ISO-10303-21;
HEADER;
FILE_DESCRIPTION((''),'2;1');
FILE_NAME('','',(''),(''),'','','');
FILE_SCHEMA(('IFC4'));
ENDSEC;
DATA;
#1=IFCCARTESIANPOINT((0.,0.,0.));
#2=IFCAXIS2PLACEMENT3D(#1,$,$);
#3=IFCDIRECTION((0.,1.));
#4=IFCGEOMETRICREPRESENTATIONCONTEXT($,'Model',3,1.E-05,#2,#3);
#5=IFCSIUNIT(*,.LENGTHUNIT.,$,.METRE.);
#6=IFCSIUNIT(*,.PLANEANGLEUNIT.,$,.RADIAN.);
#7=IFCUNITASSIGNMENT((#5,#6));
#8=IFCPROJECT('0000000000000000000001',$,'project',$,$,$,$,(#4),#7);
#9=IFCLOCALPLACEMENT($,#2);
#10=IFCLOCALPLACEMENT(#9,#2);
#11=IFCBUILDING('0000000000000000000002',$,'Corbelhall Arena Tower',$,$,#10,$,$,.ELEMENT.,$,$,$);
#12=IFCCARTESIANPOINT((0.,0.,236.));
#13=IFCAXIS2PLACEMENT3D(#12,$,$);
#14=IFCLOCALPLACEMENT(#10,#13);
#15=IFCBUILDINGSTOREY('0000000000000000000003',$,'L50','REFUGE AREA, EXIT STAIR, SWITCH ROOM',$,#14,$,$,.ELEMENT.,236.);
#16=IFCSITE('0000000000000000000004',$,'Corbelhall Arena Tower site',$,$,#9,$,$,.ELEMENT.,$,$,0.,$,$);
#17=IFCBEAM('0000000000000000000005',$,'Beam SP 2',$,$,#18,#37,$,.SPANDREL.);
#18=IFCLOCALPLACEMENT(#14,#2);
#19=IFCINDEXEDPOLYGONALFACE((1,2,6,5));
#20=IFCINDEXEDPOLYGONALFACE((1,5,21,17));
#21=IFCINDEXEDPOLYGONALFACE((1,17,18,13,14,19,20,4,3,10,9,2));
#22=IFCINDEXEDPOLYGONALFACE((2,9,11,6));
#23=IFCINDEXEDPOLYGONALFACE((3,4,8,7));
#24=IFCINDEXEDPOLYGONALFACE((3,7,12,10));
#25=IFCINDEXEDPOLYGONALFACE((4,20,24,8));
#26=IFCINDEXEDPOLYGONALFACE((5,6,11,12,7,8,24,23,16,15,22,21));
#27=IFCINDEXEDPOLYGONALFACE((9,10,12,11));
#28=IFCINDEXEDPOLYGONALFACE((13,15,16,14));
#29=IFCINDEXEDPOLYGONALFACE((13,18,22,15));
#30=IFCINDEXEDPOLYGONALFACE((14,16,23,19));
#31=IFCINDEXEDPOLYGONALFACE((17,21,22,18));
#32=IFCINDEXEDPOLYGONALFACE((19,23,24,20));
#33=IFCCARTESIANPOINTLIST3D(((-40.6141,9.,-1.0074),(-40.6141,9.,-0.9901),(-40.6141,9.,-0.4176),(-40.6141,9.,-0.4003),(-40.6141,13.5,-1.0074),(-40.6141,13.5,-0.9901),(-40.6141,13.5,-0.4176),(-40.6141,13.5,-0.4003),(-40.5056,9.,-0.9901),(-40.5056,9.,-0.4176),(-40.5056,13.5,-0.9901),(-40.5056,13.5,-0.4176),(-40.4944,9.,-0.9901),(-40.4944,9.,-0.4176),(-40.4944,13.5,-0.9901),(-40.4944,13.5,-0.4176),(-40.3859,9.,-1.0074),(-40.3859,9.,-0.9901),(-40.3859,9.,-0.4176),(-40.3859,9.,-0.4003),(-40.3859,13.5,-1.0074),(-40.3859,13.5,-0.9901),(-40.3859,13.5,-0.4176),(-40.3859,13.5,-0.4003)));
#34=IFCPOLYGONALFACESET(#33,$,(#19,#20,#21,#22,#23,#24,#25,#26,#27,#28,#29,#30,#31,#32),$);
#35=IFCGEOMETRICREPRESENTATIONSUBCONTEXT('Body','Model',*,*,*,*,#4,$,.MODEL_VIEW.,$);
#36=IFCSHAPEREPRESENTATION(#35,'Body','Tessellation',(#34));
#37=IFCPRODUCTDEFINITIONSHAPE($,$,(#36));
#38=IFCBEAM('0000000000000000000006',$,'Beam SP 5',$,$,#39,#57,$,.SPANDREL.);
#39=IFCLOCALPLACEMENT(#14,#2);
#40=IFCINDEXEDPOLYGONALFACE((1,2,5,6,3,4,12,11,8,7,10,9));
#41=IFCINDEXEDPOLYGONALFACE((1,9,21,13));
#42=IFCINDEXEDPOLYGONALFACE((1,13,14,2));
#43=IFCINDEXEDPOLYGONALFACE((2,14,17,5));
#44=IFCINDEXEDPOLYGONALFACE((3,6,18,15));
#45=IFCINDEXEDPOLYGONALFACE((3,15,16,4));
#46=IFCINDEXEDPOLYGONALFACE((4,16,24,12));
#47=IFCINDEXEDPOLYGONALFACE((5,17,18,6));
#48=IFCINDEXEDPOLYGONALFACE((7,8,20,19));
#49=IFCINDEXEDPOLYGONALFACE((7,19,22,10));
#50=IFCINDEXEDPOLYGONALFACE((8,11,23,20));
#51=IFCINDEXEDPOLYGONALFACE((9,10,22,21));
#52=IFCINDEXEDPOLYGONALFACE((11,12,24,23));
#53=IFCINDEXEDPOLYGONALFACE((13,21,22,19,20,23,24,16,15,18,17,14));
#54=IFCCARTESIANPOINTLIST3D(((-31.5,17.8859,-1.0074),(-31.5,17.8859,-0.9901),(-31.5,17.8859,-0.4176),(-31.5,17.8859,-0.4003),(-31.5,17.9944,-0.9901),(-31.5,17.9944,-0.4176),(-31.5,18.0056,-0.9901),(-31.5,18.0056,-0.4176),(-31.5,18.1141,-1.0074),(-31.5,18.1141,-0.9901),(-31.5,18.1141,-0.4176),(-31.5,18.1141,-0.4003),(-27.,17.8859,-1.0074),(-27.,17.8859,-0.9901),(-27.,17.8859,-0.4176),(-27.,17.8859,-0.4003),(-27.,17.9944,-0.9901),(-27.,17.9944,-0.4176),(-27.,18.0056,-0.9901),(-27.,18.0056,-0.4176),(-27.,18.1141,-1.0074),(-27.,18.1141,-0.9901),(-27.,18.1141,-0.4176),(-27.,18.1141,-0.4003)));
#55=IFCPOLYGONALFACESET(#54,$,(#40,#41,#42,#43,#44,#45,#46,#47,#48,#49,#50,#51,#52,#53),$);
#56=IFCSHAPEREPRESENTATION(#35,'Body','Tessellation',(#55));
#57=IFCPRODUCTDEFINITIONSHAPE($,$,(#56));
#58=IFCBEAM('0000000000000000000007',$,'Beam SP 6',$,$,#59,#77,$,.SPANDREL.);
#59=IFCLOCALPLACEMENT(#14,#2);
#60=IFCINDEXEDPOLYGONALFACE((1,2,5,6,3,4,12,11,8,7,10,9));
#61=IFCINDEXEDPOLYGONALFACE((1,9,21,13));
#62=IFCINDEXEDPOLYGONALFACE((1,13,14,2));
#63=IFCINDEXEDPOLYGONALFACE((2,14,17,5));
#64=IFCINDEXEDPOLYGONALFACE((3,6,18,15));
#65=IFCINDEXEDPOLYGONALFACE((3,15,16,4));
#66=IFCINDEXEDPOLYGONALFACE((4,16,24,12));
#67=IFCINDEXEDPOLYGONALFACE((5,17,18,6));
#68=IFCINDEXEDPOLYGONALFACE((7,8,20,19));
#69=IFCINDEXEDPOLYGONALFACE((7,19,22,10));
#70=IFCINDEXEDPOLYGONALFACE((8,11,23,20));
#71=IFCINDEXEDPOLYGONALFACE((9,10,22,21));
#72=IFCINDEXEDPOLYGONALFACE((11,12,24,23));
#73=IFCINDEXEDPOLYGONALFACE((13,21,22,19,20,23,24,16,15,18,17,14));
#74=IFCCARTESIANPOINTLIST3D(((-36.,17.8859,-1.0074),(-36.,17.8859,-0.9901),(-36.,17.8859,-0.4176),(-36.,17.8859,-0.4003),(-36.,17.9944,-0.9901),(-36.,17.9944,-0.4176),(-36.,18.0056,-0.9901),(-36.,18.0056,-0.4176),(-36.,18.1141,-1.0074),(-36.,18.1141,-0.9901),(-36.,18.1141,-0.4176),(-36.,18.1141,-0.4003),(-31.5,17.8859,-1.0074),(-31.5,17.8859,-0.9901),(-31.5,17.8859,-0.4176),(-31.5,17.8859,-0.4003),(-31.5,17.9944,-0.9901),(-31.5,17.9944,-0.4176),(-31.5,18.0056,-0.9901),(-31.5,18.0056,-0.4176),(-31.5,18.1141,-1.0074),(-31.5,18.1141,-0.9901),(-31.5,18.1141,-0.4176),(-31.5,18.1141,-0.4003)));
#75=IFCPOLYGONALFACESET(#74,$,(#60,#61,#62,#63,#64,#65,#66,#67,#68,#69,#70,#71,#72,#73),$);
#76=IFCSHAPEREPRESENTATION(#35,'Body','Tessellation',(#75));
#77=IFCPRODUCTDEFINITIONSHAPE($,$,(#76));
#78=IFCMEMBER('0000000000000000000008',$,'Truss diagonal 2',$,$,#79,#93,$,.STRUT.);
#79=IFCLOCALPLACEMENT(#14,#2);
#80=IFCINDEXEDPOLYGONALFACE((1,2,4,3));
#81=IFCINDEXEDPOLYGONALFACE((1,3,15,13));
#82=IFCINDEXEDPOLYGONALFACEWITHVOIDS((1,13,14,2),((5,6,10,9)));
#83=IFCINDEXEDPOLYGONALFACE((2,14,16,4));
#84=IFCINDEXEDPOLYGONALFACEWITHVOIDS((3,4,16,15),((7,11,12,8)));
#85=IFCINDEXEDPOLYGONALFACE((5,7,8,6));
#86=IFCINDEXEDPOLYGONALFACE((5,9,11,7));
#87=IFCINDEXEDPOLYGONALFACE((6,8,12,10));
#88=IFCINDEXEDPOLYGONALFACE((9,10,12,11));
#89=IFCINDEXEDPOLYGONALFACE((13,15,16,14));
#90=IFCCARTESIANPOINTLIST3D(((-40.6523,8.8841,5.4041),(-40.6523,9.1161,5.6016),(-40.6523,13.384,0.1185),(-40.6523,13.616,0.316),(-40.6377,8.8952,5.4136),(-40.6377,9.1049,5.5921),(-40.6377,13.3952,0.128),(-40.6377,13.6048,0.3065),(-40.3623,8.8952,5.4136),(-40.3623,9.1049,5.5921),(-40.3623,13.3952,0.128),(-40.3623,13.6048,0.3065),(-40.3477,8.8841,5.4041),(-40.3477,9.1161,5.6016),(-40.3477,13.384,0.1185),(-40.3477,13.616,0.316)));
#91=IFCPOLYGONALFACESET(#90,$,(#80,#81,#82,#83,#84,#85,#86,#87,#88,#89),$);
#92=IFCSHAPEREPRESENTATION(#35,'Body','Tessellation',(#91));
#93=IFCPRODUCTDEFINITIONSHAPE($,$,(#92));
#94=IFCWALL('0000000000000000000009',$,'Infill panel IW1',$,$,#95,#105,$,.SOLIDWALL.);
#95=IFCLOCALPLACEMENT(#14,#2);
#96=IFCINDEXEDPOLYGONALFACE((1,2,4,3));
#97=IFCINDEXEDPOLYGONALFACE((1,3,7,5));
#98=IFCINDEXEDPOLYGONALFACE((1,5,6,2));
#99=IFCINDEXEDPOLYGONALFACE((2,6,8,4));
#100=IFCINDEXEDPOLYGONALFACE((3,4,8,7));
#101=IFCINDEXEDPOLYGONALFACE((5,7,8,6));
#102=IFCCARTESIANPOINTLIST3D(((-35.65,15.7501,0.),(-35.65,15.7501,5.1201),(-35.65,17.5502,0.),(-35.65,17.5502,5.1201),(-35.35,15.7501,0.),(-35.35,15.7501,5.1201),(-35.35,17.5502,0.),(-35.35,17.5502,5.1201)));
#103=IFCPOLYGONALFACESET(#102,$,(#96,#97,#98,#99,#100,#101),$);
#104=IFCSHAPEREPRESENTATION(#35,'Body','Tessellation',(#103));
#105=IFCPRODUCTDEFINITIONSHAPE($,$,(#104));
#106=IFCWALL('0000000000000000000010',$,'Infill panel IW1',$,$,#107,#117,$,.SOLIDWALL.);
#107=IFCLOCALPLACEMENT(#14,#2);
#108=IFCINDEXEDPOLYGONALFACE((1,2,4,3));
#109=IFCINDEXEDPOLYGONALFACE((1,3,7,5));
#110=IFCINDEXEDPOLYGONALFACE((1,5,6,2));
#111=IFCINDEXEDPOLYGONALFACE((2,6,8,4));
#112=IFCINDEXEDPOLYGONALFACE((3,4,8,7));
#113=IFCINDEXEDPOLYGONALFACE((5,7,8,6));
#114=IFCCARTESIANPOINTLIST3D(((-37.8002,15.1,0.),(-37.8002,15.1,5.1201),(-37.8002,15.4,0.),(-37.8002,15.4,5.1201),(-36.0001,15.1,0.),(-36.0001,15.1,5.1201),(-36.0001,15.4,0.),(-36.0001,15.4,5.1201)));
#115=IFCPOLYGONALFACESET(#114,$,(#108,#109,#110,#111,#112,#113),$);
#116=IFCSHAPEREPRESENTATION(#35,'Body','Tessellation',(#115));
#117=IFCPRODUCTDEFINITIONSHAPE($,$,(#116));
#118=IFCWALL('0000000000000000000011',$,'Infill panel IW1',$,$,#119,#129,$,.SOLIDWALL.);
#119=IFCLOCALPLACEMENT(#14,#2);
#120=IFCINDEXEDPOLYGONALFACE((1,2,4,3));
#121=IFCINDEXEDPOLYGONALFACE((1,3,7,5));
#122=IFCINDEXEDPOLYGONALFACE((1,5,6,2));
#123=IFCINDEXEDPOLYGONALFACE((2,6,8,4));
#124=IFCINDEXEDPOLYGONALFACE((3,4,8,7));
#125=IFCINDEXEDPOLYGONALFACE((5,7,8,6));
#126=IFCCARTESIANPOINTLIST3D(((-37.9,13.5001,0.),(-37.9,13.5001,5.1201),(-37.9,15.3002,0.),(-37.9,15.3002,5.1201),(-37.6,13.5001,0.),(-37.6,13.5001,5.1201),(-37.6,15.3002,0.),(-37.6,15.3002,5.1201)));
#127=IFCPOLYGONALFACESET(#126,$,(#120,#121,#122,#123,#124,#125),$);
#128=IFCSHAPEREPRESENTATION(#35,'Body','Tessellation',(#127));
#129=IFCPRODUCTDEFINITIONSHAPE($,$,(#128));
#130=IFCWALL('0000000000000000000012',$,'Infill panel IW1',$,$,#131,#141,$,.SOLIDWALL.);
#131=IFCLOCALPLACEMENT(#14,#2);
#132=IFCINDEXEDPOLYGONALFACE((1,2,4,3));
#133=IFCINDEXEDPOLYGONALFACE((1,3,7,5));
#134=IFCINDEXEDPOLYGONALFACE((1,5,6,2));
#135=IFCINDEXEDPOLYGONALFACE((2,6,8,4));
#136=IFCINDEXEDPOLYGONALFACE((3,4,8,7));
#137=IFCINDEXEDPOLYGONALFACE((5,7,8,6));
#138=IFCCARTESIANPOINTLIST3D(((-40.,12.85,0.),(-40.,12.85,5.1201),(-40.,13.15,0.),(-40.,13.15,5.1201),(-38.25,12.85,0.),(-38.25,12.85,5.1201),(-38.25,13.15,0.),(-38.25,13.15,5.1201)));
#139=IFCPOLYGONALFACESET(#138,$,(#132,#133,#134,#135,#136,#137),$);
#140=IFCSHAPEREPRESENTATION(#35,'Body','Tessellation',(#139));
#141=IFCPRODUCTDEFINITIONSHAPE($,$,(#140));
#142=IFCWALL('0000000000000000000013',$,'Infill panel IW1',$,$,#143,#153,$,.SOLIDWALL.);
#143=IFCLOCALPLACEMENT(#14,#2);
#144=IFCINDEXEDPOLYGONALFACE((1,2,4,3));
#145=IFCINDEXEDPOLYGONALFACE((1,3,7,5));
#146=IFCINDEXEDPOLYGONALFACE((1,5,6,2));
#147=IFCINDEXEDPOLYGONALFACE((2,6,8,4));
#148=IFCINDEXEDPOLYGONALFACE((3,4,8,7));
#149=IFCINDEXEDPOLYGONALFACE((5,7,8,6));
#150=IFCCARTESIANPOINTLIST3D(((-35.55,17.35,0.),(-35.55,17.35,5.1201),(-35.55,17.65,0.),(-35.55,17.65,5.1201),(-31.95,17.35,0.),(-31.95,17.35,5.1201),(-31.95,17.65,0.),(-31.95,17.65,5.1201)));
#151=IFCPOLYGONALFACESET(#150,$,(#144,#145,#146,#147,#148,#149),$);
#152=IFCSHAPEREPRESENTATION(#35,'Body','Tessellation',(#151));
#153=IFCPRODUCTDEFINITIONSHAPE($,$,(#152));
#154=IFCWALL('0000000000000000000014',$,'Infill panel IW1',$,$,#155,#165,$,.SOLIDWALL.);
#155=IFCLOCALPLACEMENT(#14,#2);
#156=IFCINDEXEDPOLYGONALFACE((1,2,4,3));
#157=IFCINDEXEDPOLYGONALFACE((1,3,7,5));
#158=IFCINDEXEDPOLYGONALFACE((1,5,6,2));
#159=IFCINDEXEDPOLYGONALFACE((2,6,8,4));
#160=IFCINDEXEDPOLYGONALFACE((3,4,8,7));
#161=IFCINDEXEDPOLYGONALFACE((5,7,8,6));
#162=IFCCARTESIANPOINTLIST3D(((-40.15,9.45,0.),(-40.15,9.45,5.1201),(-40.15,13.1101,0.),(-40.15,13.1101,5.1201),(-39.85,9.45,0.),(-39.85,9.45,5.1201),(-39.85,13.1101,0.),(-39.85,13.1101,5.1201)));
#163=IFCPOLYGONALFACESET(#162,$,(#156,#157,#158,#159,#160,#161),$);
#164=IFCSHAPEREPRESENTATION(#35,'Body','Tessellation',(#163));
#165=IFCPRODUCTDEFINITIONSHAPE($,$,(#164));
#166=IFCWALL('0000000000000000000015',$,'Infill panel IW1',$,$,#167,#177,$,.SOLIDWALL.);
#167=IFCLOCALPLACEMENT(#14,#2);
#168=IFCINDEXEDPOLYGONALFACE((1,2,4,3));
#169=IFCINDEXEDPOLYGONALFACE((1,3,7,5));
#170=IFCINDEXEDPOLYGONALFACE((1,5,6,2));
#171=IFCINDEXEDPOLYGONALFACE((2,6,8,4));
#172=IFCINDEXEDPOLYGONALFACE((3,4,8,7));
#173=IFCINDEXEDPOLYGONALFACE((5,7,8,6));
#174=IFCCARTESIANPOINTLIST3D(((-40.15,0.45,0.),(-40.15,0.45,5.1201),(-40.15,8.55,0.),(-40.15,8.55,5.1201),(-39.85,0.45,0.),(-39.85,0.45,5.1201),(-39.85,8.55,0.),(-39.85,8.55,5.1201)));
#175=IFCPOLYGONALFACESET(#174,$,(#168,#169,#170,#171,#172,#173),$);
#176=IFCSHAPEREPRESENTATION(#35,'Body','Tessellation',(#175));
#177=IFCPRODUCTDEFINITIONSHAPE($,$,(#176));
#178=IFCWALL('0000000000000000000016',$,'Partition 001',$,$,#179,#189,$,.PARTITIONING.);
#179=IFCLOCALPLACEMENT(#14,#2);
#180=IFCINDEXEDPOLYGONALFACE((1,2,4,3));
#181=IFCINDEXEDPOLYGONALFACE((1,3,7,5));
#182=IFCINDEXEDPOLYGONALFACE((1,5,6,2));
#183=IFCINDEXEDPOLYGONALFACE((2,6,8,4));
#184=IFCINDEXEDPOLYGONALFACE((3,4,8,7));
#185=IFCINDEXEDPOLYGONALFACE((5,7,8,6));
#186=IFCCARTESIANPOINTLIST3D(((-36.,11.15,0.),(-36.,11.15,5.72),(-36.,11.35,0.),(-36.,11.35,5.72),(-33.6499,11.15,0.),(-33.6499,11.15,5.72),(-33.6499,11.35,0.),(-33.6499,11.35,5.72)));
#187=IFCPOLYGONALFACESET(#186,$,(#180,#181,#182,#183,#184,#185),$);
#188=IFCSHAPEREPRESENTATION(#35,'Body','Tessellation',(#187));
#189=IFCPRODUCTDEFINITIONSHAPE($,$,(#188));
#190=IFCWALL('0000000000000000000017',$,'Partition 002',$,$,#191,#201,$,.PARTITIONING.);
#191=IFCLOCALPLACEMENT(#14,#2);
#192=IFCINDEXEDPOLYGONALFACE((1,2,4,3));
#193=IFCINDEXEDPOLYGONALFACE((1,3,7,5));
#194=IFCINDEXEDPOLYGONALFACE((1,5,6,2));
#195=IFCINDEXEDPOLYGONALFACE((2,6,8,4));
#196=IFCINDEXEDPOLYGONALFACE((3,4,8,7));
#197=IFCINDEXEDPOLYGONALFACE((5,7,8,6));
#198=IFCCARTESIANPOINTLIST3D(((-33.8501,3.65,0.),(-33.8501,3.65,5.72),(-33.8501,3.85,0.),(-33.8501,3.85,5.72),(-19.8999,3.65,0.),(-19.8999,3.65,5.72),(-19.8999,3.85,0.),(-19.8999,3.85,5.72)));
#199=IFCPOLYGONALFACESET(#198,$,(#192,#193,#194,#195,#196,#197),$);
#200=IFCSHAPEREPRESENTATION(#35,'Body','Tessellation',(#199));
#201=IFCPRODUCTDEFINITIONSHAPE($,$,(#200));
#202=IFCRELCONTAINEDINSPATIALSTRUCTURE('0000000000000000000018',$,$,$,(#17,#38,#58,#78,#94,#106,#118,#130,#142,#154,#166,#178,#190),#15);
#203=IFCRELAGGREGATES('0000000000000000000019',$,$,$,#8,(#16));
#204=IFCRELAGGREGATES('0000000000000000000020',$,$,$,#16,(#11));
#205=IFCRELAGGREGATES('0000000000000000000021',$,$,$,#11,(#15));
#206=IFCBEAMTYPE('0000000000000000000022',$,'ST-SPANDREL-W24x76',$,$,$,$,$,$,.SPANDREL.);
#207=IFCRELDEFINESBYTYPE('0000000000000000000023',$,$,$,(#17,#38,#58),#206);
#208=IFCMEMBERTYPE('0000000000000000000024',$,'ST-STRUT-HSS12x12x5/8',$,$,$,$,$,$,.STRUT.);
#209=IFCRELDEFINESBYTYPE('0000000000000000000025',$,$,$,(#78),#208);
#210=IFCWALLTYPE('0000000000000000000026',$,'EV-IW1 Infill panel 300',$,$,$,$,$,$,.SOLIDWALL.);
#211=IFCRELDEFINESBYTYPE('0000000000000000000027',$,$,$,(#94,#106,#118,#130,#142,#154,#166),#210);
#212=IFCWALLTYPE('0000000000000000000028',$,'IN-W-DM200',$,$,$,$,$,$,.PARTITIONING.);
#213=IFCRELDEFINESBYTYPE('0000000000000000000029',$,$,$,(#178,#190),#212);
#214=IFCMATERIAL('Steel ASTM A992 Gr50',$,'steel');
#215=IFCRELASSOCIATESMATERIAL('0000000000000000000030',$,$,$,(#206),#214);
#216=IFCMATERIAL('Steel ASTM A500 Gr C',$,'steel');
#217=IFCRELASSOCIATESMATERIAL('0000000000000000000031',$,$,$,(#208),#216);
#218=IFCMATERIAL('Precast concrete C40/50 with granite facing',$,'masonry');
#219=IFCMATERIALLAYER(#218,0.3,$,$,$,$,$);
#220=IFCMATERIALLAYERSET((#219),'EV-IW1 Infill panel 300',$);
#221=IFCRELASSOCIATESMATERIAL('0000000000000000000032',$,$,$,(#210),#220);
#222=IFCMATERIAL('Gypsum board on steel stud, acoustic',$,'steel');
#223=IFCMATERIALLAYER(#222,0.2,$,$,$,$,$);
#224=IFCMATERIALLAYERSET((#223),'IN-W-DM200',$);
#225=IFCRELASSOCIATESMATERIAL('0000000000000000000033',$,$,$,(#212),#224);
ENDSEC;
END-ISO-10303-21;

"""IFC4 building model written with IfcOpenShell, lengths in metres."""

from ifc_helpers import new_model, si_unit, direction, frame, frame_2d, origin, origin_2d, place, context, subcontext, project, spatial, rectangle, hollow_rectangle, i_section, extrude, material, layer, layer_set, material_profile, profile_set, type_object, element, save


model = new_model("IFC4")

# Units and contexts
model_context = context("Model", 3, precision=1e-05, world=origin(), true_north=direction((0.0, 1.0)))
body_context = subcontext(model_context, "Body", "Model", "MODEL_VIEW")
ifc_project = project(units=[si_unit("LENGTHUNIT", "METRE"), si_unit("PLANEANGLEUNIT", "RADIAN")], contexts=[model_context])

# Site, building, storey
site_placement = place(None, origin())
site = spatial("IfcSite", under=ifc_project, at=site_placement, Name="Corbelhall Arena Tower site", CompositionType="ELEMENT", RefElevation=0.0)
building_placement = place(site_placement, origin())
building = spatial("IfcBuilding", under=site, at=building_placement, Name="Corbelhall Arena Tower", CompositionType="ELEMENT")
storey_placement = place(building_placement, frame((0.0, 0.0, 236.0)))
storey = spatial("IfcBuildingStorey", under=building, at=storey_placement, Name="L50", Description="REFUGE AREA, EXIT STAIR, SWITCH ROOM", CompositionType="ELEMENT", Elevation=236.0)

# Beams
ifc_material_1 = material(Name="Steel ASTM A992 Gr50", Category="steel")
ifc_material_profile_1 = material_profile(ifc_material_1, i_section(OverallWidth=0.2283, OverallDepth=0.6072, WebThickness=0.0112, FlangeThickness=0.0173, at=origin_2d()))
ifc_profile_set_1 = profile_set([ifc_material_profile_1], Name="Steel ASTM A992 Gr50")
beam_type = type_object("IfcBeamType", Name="ST-SPANDREL-W24x76", PredefinedType="SPANDREL", material=ifc_profile_set_1)
for number, where, z_axis, x_axis, name in (
    (1, (-40.5, 9.0, -0.7039), (0.0, 1.0, 0.0), (-1.0, 0.0, 0.0), "Beam SP 2"),
    (2, (-31.5, 18.0, -0.7039), (1.0, 0.0, 0.0), (0.0, 1.0, 0.0), "Beam SP 5"),
    (3, (-36.0, 18.0, -0.7039), (1.0, 0.0, 0.0), (0.0, 1.0, 0.0), "Beam SP 6"),
):
    element("IfcBeam", number, at=place(storey_placement, frame(where, z_axis=z_axis, x_axis=x_axis)), inside=storey, type_object=beam_type, Name=name, PredefinedType="SPANDREL", context=body_context, shape_type="SweptSolid", body=[
        extrude(i_section(OverallWidth=0.2283, OverallDepth=0.6072, WebThickness=0.0112, FlangeThickness=0.0173, at=origin_2d()), origin(), (0.0, 0.0, 1.0), 4.5),
    ])

# Member
ifc_material_2 = material(Name="Steel ASTM A500 Gr C", Category="steel")
ifc_material_profile_2 = material_profile(ifc_material_2, hollow_rectangle(XDim=0.3047, YDim=0.3047, WallThickness=0.0146, at=origin_2d()))
ifc_profile_set_2 = profile_set([ifc_material_profile_2], Name="Steel ASTM A500 Gr C")
member_type_1 = type_object("IfcMemberType", Name="ST-STRUT-HSS12x12x5/8", PredefinedType="STRUT", material=ifc_profile_set_2)
member_placement = place(storey_placement, frame((-40.5, 13.5, 0.2173), z_axis=(0.0, -0.648251, 0.761427), x_axis=(1.0, 0.0, 0.0)))
element("IfcMember", 4, at=member_placement, inside=storey, type_object=member_type_1, Name="Truss diagonal 2", PredefinedType="STRUT", context=body_context, shape_type="SweptSolid", body=[
    extrude(hollow_rectangle(XDim=0.3047, YDim=0.3047, WallThickness=0.0146, at=origin_2d()), origin(), (0.0, 0.0, 1.0), 6.9417),
])

# Walls
ifc_material_3 = material(Name="Precast concrete C40/50 with granite facing", Category="masonry")
ifc_layer_1 = layer(ifc_material_3, 0.3)
ifc_layer_set_1 = layer_set([ifc_layer_1], Name="EV-IW1 Infill panel 300")
wall_type_1 = type_object("IfcWallType", Name="EV-IW1 Infill panel 300", PredefinedType="SOLIDWALL", material=ifc_layer_set_1)
for number, where, z_axis, x_axis, name in (
    (5, (-35.5, 17.55, 0.0), (0.0, 0.0, 1.0), (0.0, -1.0, 0.0), "Infill panel IW1"),
    (6, (-37.8, 15.25, 0.0), (0.0, 0.0, 1.0), (1.0, 0.0, 0.0), "Infill panel IW1"),
    (7, (-37.75, 15.3, 0.0), (0.0, 0.0, 1.0), (0.0, -1.0, 0.0), "Infill panel IW1"),
):
    element("IfcWall", number, at=place(storey_placement, frame(where, z_axis=z_axis, x_axis=x_axis)), inside=storey, type_object=wall_type_1, Name=name, PredefinedType="SOLIDWALL", context=body_context, shape_type="SweptSolid", body=[
        extrude(rectangle(XDim=1.8, YDim=0.3, at=frame_2d((0.8999, 0.0))), origin(), (0.0, 0.0, 1.0), 5.1201),
    ])
wall_1_placement = place(storey_placement, frame((-40.0, 13.0, 0.0), z_axis=(0.0, 0.0, 1.0), x_axis=(1.0, 0.0, 0.0)))
element("IfcWall", 8, at=wall_1_placement, inside=storey, type_object=wall_type_1, Name="Infill panel IW1", PredefinedType="SOLIDWALL", context=body_context, shape_type="SweptSolid", body=[
    extrude(rectangle(XDim=1.75, YDim=0.3, at=frame_2d((0.875, 0.0))), origin(), (0.0, 0.0, 1.0), 5.1201),
])
wall_2_placement = place(storey_placement, frame((-31.95, 17.5, 0.0), z_axis=(0.0, 0.0, 1.0), x_axis=(-1.0, 0.0, 0.0)))
element("IfcWall", 9, at=wall_2_placement, inside=storey, type_object=wall_type_1, Name="Infill panel IW1", PredefinedType="SOLIDWALL", context=body_context, shape_type="SweptSolid", body=[
    extrude(rectangle(XDim=3.6001, YDim=0.3, at=frame_2d((1.8, 0.0))), origin(), (0.0, 0.0, 1.0), 5.1201),
])
wall_3_placement = place(storey_placement, frame((-40.0, 13.1101, 0.0), z_axis=(0.0, 0.0, 1.0), x_axis=(0.0, -1.0, 0.0)))
element("IfcWall", 10, at=wall_3_placement, inside=storey, type_object=wall_type_1, Name="Infill panel IW1", PredefinedType="SOLIDWALL", context=body_context, shape_type="SweptSolid", body=[
    extrude(rectangle(XDim=3.6602, YDim=0.3, at=frame_2d((1.8301, 0.0))), origin(), (0.0, 0.0, 1.0), 5.1201),
])
wall_4_placement = place(storey_placement, frame((-40.0, 8.55, 0.0), z_axis=(0.0, 0.0, 1.0), x_axis=(0.0, -1.0, 0.0)))
element("IfcWall", 11, at=wall_4_placement, inside=storey, type_object=wall_type_1, Name="Infill panel IW1", PredefinedType="SOLIDWALL", context=body_context, shape_type="SweptSolid", body=[
    extrude(rectangle(XDim=8.1001, YDim=0.3, at=frame_2d((4.05, 0.0))), origin(), (0.0, 0.0, 1.0), 5.1201),
])
ifc_material_4 = material(Name="Gypsum board on steel stud, acoustic", Category="steel")
ifc_layer_2 = layer(ifc_material_4, 0.2)
ifc_layer_set_2 = layer_set([ifc_layer_2], Name="IN-W-DM200")
wall_type_2 = type_object("IfcWallType", Name="IN-W-DM200", PredefinedType="PARTITIONING", material=ifc_layer_set_2)
wall_5_placement = place(storey_placement, frame((-36.0, 11.25, 0.0), z_axis=(0.0, 0.0, 1.0), x_axis=(1.0, 0.0, 0.0)))
element("IfcWall", 12, at=wall_5_placement, inside=storey, type_object=wall_type_2, Name="Partition 001", PredefinedType="PARTITIONING", context=body_context, shape_type="SweptSolid", body=[
    extrude(rectangle(XDim=2.3501, YDim=0.2, at=frame_2d((1.175, 0.0))), origin(), (0.0, 0.0, 1.0), 5.72),
])
wall_6_placement = place(storey_placement, frame((-33.8501, 3.75, 0.0), z_axis=(0.0, 0.0, 1.0), x_axis=(1.0, 0.0, 0.0)))
element("IfcWall", 13, at=wall_6_placement, inside=storey, type_object=wall_type_2, Name="Partition 002", PredefinedType="PARTITIONING", context=body_context, shape_type="SweptSolid", body=[
    extrude(rectangle(XDim=13.9502, YDim=0.2, at=frame_2d((6.9751, 0.0))), origin(), (0.0, 0.0, 1.0), 5.72),
])

save(model, "model.ifc")
